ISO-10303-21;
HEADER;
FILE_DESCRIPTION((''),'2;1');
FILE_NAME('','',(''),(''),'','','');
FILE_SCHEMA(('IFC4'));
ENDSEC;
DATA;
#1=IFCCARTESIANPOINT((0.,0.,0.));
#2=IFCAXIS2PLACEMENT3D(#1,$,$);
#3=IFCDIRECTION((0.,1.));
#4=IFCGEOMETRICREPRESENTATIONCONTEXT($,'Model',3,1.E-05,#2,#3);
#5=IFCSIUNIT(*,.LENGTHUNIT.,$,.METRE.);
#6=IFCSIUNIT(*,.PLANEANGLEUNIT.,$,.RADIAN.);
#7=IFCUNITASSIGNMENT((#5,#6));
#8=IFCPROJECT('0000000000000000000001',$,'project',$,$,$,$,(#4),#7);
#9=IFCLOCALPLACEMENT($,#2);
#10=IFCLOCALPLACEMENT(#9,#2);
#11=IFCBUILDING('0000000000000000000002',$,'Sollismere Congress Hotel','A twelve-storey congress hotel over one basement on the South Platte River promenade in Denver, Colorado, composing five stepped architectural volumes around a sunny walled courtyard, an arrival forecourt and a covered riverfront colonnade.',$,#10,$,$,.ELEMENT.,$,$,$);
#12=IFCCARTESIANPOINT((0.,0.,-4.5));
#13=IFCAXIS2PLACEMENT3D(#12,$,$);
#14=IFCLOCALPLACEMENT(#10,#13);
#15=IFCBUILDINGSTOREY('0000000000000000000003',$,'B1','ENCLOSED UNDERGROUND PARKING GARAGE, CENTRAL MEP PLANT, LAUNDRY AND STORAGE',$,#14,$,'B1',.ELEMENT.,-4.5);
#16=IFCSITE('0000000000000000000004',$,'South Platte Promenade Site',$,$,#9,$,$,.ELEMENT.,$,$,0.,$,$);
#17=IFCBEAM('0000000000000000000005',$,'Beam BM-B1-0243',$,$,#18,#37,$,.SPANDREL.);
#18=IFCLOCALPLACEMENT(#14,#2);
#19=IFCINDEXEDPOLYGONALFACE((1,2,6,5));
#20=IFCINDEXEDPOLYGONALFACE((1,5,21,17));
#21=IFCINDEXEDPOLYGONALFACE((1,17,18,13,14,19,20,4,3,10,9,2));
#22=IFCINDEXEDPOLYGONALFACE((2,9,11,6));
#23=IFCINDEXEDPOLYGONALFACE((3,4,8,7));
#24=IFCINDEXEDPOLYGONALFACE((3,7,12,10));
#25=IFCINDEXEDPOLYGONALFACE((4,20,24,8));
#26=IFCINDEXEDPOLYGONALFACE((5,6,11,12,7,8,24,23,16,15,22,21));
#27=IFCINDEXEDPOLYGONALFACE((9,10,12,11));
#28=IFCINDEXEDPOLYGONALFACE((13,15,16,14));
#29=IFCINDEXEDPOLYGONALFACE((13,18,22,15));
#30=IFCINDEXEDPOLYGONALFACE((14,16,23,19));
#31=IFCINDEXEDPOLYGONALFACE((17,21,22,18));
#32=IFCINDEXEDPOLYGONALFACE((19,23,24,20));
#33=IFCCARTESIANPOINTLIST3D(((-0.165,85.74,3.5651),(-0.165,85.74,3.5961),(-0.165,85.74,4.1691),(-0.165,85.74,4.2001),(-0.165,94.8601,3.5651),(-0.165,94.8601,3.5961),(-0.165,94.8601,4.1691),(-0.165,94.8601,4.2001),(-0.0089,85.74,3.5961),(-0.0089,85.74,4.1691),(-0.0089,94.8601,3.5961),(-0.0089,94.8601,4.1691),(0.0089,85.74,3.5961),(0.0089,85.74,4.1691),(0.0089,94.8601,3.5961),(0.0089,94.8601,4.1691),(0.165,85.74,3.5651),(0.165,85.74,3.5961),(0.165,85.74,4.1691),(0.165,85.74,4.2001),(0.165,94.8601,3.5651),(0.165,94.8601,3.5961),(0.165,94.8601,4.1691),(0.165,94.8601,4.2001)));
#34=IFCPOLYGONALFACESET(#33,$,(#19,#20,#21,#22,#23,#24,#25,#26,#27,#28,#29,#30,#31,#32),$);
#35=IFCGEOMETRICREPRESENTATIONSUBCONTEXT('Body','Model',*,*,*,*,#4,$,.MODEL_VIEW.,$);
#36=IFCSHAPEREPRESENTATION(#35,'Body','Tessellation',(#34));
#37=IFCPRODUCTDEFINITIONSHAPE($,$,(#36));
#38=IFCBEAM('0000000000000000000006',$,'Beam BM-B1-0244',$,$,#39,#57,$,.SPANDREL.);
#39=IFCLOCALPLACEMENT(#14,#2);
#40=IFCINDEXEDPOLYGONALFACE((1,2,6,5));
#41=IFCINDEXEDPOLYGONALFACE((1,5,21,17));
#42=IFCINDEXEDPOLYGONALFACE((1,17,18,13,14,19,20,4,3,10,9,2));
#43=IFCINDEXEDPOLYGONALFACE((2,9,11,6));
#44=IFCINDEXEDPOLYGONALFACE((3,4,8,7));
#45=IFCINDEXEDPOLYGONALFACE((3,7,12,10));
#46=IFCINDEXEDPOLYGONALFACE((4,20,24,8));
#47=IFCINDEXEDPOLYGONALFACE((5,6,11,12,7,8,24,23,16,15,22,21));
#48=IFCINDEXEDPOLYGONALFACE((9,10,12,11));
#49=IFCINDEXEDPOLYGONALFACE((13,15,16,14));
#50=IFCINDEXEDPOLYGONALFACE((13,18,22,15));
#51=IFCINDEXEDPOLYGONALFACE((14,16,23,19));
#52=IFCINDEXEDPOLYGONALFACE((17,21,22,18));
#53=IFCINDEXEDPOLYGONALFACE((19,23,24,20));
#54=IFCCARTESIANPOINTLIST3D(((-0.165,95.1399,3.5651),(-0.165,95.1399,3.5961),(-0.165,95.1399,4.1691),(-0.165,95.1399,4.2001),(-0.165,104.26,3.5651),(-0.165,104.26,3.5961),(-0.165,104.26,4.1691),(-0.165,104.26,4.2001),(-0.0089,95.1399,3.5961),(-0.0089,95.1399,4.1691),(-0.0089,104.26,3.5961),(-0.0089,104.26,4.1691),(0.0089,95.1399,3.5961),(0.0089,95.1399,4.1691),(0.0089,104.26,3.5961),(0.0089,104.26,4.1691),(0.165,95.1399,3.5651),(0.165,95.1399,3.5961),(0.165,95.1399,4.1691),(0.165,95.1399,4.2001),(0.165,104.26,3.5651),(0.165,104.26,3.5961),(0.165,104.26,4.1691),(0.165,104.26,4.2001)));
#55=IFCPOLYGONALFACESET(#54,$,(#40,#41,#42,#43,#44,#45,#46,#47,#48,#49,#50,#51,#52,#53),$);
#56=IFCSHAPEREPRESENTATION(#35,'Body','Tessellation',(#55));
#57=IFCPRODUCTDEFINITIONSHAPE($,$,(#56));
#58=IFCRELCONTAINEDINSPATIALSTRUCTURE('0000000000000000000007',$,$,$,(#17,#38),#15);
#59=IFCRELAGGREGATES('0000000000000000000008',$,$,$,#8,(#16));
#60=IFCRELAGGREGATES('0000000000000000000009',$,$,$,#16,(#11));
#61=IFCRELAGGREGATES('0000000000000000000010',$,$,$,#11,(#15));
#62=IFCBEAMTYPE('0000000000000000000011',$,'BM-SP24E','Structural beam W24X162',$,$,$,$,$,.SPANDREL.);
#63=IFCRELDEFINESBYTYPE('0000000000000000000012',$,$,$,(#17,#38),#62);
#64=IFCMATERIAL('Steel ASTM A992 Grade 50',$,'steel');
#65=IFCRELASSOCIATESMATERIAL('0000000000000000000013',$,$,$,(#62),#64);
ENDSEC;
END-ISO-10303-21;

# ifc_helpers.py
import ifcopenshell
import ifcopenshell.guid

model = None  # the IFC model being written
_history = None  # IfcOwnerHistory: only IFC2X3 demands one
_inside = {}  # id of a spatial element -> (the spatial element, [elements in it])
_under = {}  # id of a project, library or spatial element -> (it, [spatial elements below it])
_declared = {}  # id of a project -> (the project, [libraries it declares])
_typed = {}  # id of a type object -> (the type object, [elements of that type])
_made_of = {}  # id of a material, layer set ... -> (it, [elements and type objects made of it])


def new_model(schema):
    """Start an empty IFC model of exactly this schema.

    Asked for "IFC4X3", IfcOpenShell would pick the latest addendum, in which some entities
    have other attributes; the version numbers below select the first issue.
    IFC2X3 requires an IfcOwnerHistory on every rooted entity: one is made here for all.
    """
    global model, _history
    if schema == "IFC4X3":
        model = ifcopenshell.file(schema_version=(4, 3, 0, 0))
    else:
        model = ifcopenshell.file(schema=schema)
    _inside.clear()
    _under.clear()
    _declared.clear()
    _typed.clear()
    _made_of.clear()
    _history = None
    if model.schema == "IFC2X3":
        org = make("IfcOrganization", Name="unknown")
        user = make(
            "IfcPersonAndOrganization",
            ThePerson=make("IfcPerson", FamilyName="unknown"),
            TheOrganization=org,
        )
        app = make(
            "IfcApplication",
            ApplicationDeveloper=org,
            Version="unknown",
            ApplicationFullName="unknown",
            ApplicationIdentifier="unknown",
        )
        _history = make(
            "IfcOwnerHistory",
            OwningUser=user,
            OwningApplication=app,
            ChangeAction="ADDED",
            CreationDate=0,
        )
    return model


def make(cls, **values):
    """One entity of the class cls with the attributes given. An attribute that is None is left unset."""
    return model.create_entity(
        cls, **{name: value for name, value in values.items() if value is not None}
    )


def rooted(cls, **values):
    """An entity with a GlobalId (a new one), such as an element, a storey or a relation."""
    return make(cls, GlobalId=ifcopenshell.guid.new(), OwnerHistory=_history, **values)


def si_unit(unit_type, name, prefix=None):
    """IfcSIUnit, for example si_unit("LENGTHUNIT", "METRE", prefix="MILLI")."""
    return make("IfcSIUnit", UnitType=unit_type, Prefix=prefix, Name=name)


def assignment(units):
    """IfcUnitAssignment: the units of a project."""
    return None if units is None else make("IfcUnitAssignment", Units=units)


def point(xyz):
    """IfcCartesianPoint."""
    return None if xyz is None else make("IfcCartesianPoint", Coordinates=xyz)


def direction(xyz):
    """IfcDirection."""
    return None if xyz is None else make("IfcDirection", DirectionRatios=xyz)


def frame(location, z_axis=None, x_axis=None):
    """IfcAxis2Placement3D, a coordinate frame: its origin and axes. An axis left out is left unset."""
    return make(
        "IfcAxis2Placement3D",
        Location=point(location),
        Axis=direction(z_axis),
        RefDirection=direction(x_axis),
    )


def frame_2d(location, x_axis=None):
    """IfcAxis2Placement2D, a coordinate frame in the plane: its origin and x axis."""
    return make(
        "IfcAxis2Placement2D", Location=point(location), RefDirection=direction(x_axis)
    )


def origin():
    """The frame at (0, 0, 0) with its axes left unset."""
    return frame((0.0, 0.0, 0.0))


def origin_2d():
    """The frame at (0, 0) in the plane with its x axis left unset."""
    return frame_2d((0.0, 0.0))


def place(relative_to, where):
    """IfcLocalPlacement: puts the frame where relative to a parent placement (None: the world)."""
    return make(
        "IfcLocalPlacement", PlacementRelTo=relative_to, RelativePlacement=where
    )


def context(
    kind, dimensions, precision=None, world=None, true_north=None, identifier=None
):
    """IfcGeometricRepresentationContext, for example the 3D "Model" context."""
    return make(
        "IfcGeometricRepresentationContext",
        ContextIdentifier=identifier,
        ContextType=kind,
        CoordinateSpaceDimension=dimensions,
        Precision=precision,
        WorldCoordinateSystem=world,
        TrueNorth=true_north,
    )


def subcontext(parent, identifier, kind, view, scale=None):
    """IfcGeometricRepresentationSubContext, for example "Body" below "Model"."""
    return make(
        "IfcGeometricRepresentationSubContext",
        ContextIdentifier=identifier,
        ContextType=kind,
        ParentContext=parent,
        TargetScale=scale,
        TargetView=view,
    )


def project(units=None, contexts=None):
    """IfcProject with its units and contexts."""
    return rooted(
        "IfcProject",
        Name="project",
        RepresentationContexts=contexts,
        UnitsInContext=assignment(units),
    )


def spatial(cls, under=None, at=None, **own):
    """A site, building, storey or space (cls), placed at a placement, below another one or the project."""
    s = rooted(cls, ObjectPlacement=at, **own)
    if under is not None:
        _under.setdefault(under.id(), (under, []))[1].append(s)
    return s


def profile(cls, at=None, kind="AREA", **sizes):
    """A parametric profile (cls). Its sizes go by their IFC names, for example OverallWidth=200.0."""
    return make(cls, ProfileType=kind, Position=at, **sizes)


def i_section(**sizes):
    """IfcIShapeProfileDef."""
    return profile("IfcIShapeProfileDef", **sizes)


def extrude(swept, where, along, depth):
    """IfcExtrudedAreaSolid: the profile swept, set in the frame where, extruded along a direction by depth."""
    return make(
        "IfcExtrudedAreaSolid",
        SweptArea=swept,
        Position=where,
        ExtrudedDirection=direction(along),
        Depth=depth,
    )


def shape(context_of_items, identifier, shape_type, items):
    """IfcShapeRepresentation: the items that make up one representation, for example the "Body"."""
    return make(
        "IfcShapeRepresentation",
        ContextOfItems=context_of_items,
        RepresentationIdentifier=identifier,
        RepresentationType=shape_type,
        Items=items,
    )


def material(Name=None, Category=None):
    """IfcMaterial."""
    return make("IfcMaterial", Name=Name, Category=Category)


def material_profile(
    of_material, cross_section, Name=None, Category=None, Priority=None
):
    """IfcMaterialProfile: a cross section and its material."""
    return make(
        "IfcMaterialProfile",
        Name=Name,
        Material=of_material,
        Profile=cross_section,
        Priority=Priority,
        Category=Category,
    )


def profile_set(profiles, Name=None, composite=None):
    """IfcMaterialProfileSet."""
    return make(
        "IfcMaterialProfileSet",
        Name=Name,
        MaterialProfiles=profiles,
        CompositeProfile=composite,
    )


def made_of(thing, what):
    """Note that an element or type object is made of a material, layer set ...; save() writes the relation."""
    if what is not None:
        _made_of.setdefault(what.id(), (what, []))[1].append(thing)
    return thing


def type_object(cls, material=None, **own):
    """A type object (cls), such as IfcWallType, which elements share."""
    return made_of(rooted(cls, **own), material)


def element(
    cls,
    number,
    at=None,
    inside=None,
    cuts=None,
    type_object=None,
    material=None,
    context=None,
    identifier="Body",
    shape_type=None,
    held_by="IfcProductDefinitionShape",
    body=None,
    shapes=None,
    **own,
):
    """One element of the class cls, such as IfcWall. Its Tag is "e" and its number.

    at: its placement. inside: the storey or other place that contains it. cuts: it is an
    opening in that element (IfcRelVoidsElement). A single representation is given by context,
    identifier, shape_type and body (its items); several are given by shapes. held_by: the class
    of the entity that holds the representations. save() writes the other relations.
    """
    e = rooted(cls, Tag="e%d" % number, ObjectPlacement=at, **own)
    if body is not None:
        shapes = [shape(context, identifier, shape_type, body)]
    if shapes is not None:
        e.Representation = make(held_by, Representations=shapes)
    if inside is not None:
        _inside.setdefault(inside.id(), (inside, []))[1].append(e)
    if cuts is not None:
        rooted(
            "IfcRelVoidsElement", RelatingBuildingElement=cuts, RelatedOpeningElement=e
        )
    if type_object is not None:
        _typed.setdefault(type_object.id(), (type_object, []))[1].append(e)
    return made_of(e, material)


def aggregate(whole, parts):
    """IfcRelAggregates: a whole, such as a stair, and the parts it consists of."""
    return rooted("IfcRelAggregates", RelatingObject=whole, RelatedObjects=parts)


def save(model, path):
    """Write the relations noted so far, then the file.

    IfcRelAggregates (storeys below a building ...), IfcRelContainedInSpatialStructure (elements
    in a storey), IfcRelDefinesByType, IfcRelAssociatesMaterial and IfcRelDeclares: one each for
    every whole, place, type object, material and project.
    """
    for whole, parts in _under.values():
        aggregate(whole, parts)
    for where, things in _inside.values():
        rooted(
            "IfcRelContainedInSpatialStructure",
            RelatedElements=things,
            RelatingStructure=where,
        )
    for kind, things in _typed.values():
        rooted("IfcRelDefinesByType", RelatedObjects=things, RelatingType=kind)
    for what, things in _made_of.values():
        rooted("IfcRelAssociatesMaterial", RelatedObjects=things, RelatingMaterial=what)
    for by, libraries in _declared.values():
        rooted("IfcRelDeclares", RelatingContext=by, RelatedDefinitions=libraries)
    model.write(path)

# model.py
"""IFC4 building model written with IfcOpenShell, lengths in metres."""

from ifc_helpers import new_model, si_unit, direction, frame, origin, origin_2d, place, context, subcontext, project, spatial, i_section, extrude, material, material_profile, profile_set, type_object, element, save


model = new_model("IFC4")

# Units and contexts
model_context = context("Model", 3, precision=1e-05, world=origin(), true_north=direction((0.0, 1.0)))
body_context = subcontext(model_context, "Body", "Model", "MODEL_VIEW")
ifc_project = project(units=[si_unit("LENGTHUNIT", "METRE"), si_unit("PLANEANGLEUNIT", "RADIAN")], contexts=[model_context])

# Site, building, storey
site_placement = place(None, origin())
site = spatial("IfcSite", under=ifc_project, at=site_placement, Name="South Platte Promenade Site", CompositionType="ELEMENT", RefElevation=0.0)
building_placement = place(site_placement, origin())
building = spatial("IfcBuilding", under=site, at=building_placement, Name="Sollismere Congress Hotel", Description="A twelve-storey congress hotel over one basement on the South Platte River promenade in Denver, Colorado, composing five stepped architectural volumes around a sunny walled courtyard, an arrival forecourt and a covered riverfront colonnade.", CompositionType="ELEMENT")
storey_placement = place(building_placement, frame((0.0, 0.0, -4.5)))
storey = spatial("IfcBuildingStorey", under=building, at=storey_placement, Name="B1", Description="ENCLOSED UNDERGROUND PARKING GARAGE, CENTRAL MEP PLANT, LAUNDRY AND STORAGE", LongName="B1", CompositionType="ELEMENT", Elevation=-4.5)

# Beams
ifc_material_1 = material(Name="Steel ASTM A992 Grade 50", Category="steel")
ifc_material_profile_1 = material_profile(ifc_material_1, i_section(OverallWidth=0.3301, OverallDepth=0.635, WebThickness=0.0178, FlangeThickness=0.031, at=origin_2d()), Name="W24X162")
ifc_profile_set_1 = profile_set([ifc_material_profile_1], Name="Steel ASTM A992 Grade 50")
beam_type_1 = type_object("IfcBeamType", Name="BM-SP24E", Description="Structural beam W24X162", PredefinedType="SPANDREL", material=ifc_profile_set_1)
for number, where, z_axis, x_axis, name in (
    (1, (0.0, 85.74, 3.8826), (0.0, 1.0, 0.0), (-1.0, 0.0, 0.0), "Beam BM-B1-0243"),
    (2, (0.0, 95.1399, 3.8826), (0.0, 1.0, 0.0), (-1.0, 0.0, 0.0), "Beam BM-B1-0244"),
):
    element("IfcBeam", number, at=place(storey_placement, frame(where, z_axis=z_axis, x_axis=x_axis)), inside=storey, type_object=beam_type_1, Name=name, PredefinedType="SPANDREL", context=body_context, shape_type="SweptSolid", body=[
        extrude(i_section(OverallWidth=0.3301, OverallDepth=0.635, WebThickness=0.0178, FlangeThickness=0.031, at=origin_2d()), origin(), (0.0, 0.0, 1.0), 9.1201),
    ])

save(model, "model.ifc")
